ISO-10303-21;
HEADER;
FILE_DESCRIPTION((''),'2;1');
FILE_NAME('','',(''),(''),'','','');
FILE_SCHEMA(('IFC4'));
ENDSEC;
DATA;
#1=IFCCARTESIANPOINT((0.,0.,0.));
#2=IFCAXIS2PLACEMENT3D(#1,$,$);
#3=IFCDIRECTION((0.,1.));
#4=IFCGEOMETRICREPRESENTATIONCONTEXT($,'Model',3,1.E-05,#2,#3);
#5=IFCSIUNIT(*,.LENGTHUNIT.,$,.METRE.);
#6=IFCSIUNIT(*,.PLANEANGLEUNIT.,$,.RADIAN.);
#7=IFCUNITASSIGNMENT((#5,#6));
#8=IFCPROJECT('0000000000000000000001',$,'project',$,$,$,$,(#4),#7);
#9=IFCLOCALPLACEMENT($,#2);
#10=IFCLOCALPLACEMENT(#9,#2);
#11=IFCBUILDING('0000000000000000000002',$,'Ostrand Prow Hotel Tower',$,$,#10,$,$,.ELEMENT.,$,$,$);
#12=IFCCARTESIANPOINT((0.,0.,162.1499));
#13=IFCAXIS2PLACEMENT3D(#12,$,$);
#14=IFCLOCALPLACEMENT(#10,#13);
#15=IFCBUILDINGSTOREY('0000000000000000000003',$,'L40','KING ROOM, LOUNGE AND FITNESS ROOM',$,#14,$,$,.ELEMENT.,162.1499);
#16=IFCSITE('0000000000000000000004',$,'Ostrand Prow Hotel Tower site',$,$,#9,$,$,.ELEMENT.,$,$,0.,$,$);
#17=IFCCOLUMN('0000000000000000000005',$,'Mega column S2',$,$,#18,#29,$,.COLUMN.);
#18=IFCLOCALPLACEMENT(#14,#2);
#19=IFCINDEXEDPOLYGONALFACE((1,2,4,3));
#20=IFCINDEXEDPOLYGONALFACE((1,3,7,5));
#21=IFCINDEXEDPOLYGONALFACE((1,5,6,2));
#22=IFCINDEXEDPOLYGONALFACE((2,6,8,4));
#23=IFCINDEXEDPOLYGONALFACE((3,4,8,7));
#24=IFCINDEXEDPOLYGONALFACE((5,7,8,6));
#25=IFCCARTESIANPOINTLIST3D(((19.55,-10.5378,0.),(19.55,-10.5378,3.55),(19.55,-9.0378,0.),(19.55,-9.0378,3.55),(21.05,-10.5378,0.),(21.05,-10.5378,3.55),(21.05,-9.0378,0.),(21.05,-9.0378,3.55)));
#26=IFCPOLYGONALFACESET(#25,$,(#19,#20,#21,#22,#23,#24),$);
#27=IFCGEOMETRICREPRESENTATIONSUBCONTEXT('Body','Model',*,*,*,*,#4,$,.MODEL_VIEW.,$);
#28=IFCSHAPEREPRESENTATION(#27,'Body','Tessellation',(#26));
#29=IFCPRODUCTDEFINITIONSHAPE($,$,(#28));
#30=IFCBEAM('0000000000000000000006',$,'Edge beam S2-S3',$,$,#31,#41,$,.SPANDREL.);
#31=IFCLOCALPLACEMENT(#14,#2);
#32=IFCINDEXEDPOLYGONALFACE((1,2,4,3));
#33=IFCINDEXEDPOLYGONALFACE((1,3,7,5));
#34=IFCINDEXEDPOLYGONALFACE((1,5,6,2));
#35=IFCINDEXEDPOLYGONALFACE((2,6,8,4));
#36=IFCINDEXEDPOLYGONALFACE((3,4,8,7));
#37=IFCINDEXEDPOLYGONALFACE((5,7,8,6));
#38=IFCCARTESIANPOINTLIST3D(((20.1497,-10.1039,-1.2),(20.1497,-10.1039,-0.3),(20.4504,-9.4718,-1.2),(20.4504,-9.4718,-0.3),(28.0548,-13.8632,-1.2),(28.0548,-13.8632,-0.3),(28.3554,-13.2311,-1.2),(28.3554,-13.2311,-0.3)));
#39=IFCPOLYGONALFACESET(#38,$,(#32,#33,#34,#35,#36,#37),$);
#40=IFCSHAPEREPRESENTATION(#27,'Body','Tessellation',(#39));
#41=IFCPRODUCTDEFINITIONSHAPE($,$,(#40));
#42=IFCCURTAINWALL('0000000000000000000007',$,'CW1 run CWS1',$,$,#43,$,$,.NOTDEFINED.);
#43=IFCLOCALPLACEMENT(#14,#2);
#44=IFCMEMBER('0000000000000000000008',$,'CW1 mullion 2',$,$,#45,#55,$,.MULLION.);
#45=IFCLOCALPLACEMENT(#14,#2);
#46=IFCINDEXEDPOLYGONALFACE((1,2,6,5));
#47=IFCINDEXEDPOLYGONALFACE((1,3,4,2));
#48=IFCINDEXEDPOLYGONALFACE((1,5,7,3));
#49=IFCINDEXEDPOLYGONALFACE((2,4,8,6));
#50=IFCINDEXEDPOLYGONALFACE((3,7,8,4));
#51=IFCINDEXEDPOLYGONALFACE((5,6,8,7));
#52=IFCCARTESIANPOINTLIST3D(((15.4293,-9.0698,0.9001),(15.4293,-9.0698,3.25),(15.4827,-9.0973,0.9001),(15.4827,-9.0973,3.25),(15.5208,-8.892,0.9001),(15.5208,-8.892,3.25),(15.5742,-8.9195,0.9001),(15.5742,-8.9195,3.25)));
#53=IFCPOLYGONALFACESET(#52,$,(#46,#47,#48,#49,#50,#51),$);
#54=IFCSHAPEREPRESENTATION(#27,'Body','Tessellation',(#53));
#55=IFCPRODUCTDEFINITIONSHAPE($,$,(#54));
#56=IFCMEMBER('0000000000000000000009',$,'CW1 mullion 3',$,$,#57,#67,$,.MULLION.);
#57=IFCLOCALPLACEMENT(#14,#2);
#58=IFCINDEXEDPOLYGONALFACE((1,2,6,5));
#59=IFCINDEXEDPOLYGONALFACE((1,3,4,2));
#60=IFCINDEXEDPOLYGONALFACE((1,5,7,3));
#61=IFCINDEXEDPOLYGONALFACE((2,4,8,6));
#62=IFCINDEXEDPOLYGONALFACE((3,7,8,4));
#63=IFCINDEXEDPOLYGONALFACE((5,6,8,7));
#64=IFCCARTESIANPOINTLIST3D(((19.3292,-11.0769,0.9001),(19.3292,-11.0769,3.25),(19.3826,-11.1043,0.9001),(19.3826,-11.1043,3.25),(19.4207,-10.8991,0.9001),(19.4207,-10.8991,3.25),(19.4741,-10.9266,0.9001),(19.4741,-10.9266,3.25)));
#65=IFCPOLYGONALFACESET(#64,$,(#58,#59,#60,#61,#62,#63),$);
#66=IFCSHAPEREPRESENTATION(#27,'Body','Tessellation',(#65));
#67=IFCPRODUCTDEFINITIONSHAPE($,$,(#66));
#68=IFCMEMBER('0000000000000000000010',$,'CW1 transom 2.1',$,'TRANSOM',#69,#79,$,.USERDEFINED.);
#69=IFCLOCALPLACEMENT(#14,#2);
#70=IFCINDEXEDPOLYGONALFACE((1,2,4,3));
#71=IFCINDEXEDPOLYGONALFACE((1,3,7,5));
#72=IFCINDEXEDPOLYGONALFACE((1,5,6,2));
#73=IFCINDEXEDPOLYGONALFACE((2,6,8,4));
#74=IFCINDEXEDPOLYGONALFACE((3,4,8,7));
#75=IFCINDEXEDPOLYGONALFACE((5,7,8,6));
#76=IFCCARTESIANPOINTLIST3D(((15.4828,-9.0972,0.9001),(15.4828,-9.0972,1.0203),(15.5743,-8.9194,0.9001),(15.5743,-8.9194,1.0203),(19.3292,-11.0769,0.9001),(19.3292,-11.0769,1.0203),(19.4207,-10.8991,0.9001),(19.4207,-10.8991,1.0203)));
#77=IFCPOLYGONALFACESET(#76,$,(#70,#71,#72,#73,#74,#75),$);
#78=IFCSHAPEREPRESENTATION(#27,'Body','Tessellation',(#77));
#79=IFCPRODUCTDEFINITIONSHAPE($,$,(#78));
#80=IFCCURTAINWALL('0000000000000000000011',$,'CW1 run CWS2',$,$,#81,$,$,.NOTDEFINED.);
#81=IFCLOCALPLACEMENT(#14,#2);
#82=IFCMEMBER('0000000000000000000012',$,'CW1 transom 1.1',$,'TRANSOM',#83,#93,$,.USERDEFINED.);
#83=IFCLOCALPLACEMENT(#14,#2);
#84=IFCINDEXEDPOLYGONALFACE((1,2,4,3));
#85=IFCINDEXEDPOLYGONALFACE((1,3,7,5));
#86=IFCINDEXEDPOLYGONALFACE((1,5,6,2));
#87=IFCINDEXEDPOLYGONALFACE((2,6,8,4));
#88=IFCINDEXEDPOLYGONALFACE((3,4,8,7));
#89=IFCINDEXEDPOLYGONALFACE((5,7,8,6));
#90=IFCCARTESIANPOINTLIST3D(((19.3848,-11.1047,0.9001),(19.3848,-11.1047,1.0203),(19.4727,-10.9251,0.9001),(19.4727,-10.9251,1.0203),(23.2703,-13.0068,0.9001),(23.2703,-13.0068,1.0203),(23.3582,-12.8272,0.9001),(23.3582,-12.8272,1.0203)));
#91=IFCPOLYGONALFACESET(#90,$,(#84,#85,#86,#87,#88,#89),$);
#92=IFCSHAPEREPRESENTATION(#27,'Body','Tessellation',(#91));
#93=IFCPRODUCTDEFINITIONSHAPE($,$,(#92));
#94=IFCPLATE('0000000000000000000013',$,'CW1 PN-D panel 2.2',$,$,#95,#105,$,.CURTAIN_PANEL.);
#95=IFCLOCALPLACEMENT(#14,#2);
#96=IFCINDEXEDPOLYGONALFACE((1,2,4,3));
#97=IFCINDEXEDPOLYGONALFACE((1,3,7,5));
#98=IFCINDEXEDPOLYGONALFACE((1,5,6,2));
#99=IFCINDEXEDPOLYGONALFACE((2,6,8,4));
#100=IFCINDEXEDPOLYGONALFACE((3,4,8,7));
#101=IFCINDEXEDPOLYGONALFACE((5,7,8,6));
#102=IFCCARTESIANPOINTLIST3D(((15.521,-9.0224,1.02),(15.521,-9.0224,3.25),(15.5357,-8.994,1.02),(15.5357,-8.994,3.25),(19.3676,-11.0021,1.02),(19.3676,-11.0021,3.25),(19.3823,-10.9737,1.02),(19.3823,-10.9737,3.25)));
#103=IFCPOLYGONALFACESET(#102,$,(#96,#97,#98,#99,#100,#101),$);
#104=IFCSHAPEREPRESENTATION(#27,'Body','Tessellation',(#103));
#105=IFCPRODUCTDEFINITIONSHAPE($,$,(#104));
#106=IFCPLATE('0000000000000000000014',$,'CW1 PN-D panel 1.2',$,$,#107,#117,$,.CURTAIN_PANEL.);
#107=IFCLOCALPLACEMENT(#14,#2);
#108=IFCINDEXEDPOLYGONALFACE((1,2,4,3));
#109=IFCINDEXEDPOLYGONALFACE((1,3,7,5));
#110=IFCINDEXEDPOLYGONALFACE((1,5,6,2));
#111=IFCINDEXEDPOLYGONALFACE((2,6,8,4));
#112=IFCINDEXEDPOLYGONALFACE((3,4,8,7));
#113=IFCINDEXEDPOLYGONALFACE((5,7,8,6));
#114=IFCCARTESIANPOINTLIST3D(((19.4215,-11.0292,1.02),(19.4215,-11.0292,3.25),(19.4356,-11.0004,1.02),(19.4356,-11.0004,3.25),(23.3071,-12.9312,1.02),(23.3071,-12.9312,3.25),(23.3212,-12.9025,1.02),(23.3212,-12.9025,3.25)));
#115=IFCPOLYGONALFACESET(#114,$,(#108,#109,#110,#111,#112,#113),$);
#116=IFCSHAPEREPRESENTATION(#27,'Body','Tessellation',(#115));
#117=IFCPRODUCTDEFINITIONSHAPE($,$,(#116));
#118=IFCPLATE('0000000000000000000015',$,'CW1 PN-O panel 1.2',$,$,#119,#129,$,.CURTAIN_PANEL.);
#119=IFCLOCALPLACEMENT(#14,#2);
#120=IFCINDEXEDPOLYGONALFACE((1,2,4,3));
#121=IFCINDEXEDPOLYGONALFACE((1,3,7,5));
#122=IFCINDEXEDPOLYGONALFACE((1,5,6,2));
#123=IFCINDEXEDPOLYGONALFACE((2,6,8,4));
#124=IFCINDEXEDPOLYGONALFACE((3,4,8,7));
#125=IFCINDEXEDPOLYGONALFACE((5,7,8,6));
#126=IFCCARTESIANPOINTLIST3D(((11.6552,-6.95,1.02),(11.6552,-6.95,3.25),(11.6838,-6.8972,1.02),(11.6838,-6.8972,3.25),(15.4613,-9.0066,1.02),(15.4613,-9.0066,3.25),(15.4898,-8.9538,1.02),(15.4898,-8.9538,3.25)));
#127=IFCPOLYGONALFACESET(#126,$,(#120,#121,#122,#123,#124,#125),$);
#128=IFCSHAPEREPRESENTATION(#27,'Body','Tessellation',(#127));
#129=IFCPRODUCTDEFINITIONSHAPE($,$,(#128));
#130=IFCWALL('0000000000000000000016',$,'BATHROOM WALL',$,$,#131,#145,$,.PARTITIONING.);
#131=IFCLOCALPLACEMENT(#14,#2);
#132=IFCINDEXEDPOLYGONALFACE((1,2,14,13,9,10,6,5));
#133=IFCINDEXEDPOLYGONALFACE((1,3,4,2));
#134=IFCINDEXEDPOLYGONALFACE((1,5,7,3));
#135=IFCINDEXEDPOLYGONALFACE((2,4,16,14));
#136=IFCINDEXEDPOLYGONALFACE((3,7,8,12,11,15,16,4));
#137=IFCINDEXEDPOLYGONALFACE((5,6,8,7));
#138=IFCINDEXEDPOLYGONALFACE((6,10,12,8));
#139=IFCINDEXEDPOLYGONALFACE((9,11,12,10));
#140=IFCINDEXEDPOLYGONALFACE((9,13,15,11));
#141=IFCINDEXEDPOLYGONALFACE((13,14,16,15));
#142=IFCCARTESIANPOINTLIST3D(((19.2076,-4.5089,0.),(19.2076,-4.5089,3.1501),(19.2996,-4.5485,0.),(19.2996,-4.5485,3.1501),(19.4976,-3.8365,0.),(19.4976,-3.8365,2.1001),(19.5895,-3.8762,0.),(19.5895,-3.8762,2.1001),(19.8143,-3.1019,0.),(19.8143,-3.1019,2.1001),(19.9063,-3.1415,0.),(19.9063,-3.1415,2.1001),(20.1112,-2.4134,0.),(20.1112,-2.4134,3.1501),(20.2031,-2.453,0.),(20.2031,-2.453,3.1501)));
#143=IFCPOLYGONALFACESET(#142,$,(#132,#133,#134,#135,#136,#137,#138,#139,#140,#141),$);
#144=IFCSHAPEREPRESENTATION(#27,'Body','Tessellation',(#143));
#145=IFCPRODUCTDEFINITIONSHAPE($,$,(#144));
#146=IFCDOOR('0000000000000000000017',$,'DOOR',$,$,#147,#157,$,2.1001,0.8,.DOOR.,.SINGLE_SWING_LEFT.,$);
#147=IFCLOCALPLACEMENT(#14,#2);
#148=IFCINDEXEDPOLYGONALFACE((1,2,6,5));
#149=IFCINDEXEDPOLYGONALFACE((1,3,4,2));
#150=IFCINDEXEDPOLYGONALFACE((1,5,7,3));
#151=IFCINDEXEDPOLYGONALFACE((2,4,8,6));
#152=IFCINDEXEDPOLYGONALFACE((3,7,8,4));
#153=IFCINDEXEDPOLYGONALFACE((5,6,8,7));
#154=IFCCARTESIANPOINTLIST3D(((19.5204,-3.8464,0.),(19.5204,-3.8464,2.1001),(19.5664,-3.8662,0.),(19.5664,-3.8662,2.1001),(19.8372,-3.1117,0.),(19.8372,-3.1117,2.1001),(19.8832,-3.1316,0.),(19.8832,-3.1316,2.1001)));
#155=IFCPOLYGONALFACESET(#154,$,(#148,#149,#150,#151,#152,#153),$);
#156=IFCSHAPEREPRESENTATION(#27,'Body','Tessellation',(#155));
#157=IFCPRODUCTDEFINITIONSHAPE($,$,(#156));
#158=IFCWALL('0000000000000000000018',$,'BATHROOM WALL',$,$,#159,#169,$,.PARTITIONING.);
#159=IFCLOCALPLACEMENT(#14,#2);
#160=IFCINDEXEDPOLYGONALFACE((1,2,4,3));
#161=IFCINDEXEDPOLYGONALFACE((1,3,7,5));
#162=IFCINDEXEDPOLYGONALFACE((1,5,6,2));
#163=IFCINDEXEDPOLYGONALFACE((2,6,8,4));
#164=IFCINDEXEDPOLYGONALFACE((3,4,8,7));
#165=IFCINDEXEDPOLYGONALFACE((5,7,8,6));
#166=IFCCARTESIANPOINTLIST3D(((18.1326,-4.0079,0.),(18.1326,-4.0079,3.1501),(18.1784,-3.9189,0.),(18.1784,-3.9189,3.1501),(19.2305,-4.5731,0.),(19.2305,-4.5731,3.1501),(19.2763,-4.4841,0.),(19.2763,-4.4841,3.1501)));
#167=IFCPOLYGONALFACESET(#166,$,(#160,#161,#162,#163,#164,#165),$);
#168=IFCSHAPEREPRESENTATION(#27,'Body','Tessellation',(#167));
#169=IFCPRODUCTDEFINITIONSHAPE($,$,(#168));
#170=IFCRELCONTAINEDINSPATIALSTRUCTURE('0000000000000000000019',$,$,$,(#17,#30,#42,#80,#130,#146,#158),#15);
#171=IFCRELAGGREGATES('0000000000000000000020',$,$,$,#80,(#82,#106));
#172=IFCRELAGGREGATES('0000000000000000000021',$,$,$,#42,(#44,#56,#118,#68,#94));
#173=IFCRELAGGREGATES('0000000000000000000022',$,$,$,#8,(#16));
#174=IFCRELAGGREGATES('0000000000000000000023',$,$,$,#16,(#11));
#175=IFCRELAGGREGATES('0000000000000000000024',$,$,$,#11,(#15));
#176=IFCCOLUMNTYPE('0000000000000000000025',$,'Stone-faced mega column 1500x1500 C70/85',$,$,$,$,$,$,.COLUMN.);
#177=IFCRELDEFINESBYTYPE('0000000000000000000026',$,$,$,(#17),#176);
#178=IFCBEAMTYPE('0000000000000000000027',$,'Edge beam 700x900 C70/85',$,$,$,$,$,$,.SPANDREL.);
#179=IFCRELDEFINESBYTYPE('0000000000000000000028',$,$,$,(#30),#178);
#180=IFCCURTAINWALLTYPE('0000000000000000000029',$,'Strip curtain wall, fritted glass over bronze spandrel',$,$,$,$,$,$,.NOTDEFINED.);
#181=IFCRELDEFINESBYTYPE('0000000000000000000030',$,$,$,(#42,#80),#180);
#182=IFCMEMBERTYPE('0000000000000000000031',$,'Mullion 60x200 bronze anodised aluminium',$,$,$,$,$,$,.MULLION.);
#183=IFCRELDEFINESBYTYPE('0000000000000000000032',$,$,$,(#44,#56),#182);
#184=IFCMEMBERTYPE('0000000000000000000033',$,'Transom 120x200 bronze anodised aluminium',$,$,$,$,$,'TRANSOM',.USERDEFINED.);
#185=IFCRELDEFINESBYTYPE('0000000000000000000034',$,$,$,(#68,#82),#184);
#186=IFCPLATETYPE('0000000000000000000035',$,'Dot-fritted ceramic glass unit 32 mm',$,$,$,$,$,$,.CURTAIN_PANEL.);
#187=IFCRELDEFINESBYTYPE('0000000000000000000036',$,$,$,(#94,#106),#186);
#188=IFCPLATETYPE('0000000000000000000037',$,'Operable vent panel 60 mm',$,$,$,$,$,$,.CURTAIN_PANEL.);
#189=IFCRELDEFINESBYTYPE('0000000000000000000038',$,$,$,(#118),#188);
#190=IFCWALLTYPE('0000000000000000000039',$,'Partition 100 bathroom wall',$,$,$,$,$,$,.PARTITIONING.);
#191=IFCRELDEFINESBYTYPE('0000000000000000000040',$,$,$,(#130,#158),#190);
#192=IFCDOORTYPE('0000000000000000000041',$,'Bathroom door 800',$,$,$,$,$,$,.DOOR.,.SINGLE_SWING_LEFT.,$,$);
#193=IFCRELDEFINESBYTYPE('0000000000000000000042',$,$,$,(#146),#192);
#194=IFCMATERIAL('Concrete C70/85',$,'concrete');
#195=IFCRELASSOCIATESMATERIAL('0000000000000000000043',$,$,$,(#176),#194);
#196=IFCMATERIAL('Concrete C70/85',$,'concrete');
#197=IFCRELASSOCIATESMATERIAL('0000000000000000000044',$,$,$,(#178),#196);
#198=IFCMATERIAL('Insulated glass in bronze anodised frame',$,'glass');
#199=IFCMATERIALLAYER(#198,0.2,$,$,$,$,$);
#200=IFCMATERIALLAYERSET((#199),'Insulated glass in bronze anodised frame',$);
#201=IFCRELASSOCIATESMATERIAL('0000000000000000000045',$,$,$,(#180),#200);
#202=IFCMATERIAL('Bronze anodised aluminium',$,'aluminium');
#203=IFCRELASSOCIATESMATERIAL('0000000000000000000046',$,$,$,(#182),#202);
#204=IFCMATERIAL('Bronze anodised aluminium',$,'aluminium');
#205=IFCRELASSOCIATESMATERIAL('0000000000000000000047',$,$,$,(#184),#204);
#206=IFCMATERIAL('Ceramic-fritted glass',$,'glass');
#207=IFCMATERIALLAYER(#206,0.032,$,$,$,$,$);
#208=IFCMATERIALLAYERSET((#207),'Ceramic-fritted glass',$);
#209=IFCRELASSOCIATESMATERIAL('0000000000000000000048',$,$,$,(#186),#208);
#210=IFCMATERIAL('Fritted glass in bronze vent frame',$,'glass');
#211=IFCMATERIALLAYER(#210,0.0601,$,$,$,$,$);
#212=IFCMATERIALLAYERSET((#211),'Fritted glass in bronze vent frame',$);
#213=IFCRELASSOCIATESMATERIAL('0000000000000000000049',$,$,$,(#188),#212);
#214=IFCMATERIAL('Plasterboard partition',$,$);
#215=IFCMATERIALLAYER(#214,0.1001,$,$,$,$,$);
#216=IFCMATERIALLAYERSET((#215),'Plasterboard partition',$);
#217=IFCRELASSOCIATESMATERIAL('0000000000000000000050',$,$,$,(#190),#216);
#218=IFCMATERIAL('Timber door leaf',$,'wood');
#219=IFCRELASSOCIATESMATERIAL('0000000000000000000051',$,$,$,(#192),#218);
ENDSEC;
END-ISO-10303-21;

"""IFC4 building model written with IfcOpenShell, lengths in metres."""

from ifc_helpers import new_model, si_unit, direction, frame, frame_2d, origin, origin_2d, place, context, subcontext, project, spatial, rectangle, extrude, material, layer, layer_set, material_profile, profile_set, type_object, element, fill, aggregate, save


model = new_model("IFC4")

# Units and contexts
model_context = context("Model", 3, precision=1e-05, world=origin(), true_north=direction((0.0, 1.0)))
body_context = subcontext(model_context, "Body", "Model", "MODEL_VIEW")
ifc_project = project(units=[si_unit("LENGTHUNIT", "METRE"), si_unit("PLANEANGLEUNIT", "RADIAN")], contexts=[model_context])

# Site, building, storey
site_placement = place(None, origin())
site = spatial("IfcSite", under=ifc_project, at=site_placement, Name="Ostrand Prow Hotel Tower site", CompositionType="ELEMENT", RefElevation=0.0)
building_placement = place(site_placement, origin())
building = spatial("IfcBuilding", under=site, at=building_placement, Name="Ostrand Prow Hotel Tower", CompositionType="ELEMENT")
storey_placement = place(building_placement, frame((0.0, 0.0, 162.1499)))
storey = spatial("IfcBuildingStorey", under=building, at=storey_placement, Name="L40", Description="KING ROOM, LOUNGE AND FITNESS ROOM", CompositionType="ELEMENT", Elevation=162.1499)

# Column
ifc_material_1 = material(Name="Concrete C70/85", Category="concrete")
ifc_material_profile_1 = material_profile(ifc_material_1, rectangle(XDim=1.5, YDim=1.5, at=origin_2d()), Name="RC 1500x1500")
ifc_profile_set_1 = profile_set([ifc_material_profile_1], Name="Concrete C70/85")
column_type = type_object("IfcColumnType", Name="Stone-faced mega column 1500x1500 C70/85", PredefinedType="COLUMN", material=ifc_profile_set_1)
column_placement = place(storey_placement, frame((20.3, -9.7878, 0.0), z_axis=(0.0, 0.0, 1.0), x_axis=(1.0, 0.0, 0.0)))
element("IfcColumn", 1, at=column_placement, inside=storey, type_object=column_type, Name="Mega column S2", PredefinedType="COLUMN", context=body_context, shape_type="SweptSolid", body=[
    extrude(rectangle(XDim=1.5, YDim=1.5, at=origin_2d()), origin(), (0.0, 0.0, 1.0), 3.55),
])

# Beam
ifc_material_2 = material(Name="Concrete C70/85", Category="concrete")
ifc_material_profile_2 = material_profile(ifc_material_2, rectangle(XDim=0.7, YDim=0.8999, at=origin_2d()), Name="RC 700x900")
ifc_profile_set_2 = profile_set([ifc_material_profile_2], Name="Concrete C70/85")
beam_type = type_object("IfcBeamType", Name="Edge beam 700x900 C70/85", PredefinedType="SPANDREL", material=ifc_profile_set_2)
beam_placement = place(storey_placement, frame((20.3, -9.7878, -0.75), z_axis=(0.903083, -0.429466, 0.0), x_axis=(0.429466, 0.903083, 0.0)))
element("IfcBeam", 2, at=beam_placement, inside=storey, type_object=beam_type, Name="Edge beam S2-S3", PredefinedType="SPANDREL", context=body_context, shape_type="SweptSolid", body=[
    extrude(rectangle(XDim=0.7, YDim=0.8999, at=origin_2d()), origin(), (0.0, 0.0, 1.0), 8.7534),
])

# Curtain wall, members
ifc_material_3 = material(Name="Insulated glass in bronze anodised frame", Category="glass")
ifc_layer_1 = layer(ifc_material_3, 0.2)
ifc_layer_set_1 = layer_set([ifc_layer_1], Name="Insulated glass in bronze anodised frame")
curtain_wall_type = type_object("IfcCurtainWallType", Name="Strip curtain wall, fritted glass over bronze spandrel", PredefinedType="NOTDEFINED", material=ifc_layer_set_1)
curtain_wall_1_placement = place(storey_placement, origin())
curtain_wall_1 = element("IfcCurtainWall", 3, at=curtain_wall_1_placement, inside=storey, type_object=curtain_wall_type, Name="CW1 run CWS1", PredefinedType="NOTDEFINED")
ifc_material_4 = material(Name="Bronze anodised aluminium", Category="aluminium")
ifc_material_profile_3 = material_profile(ifc_material_4, rectangle(XDim=0.2, YDim=0.0601, at=origin_2d()), Name="Mullion 60x200 bronze anodised aluminium")
ifc_profile_set_3 = profile_set([ifc_material_profile_3], Name="Bronze anodised aluminium")
member_type_1 = type_object("IfcMemberType", Name="Mullion 60x200 bronze anodised aluminium", PredefinedType="MULLION", material=ifc_profile_set_3)
member_1_placement = place(storey_placement, frame((15.5017, -8.9946, 0.9001), z_axis=(0.0, 0.0, 1.0), x_axis=(0.457619, 0.889148, 0.0)))
member_1 = element("IfcMember", 4, at=member_1_placement, type_object=member_type_1, Name="CW1 mullion 2", PredefinedType="MULLION", context=body_context, shape_type="SweptSolid", body=[
    extrude(rectangle(XDim=0.2, YDim=0.0601, at=origin_2d()), origin(), (0.0, 0.0, 1.0), 2.3499),
])
member_2_placement = place(storey_placement, frame((19.4016, -11.0017, 0.9001), z_axis=(0.0, 0.0, 1.0), x_axis=(0.457619, 0.889148, 0.0)))
member_2 = element("IfcMember", 5, at=member_2_placement, type_object=member_type_1, Name="CW1 mullion 3", PredefinedType="MULLION", context=body_context, shape_type="SweptSolid", body=[
    extrude(rectangle(XDim=0.2, YDim=0.0601, at=origin_2d()), origin(), (0.0, 0.0, 1.0), 2.3499),
])
ifc_material_5 = material(Name="Bronze anodised aluminium", Category="aluminium")
ifc_material_profile_4 = material_profile(ifc_material_5, rectangle(XDim=0.2, YDim=0.1201, at=origin_2d()), Name="Transom 120x200 bronze anodised aluminium")
ifc_profile_set_4 = profile_set([ifc_material_profile_4], Name="Bronze anodised aluminium")
member_type_2 = type_object("IfcMemberType", Name="Transom 120x200 bronze anodised aluminium", ElementType="TRANSOM", PredefinedType="USERDEFINED", material=ifc_profile_set_4)
member_3_placement = place(storey_placement, frame((15.5286, -9.0083, 0.9602), z_axis=(0.88914, -0.457635, 0.0), x_axis=(0.457635, 0.88914, 0.0)))
member_3 = element("IfcMember", 6, at=member_3_placement, type_object=member_type_2, Name="CW1 transom 2.1", ObjectType="TRANSOM", PredefinedType="USERDEFINED", context=body_context, shape_type="SweptSolid", body=[
    extrude(rectangle(XDim=0.2, YDim=0.1201, at=origin_2d()), origin(), (0.0, 0.0, 1.0), 4.3259),
])

# Curtain wall, member
curtain_wall_2_placement = place(storey_placement, origin())
curtain_wall_2 = element("IfcCurtainWall", 7, at=curtain_wall_2_placement, inside=storey, type_object=curtain_wall_type, Name="CW1 run CWS2", PredefinedType="NOTDEFINED")
member_4_placement = place(storey_placement, frame((19.4287, -11.0149, 0.9602), z_axis=(0.898154, -0.439681, 0.0), x_axis=(0.439681, 0.898154, 0.0)))
member_4 = element("IfcMember", 8, at=member_4_placement, type_object=member_type_2, Name="CW1 transom 1.1", ObjectType="TRANSOM", PredefinedType="USERDEFINED", context=body_context, shape_type="SweptSolid", body=[
    extrude(rectangle(XDim=0.2, YDim=0.1201, at=origin_2d()), origin(), (0.0, 0.0, 1.0), 4.3262),
])

# Plates
ifc_material_6 = material(Name="Ceramic-fritted glass", Category="glass")
ifc_layer_2 = layer(ifc_material_6, 0.032)
ifc_layer_set_2 = layer_set([ifc_layer_2], Name="Ceramic-fritted glass")
plate_type_1 = type_object("IfcPlateType", Name="Dot-fritted ceramic glass unit 32 mm", PredefinedType="CURTAIN_PANEL", material=ifc_layer_set_2)
plate_1_placement = place(storey_placement, frame((17.4517, -9.998, 1.02), z_axis=(0.0, 0.0, 1.0), x_axis=(0.889148, -0.457619, 0.0)))
plate_1 = element("IfcPlate", 9, at=plate_1_placement, type_object=plate_type_1, Name="CW1 PN-D panel 2.2", PredefinedType="CURTAIN_PANEL", context=body_context, shape_type="SweptSolid", body=[
    extrude(rectangle(XDim=4.3262, YDim=0.032, at=origin_2d()), origin(), (0.0, 0.0, 1.0), 2.23),
])
plate_2_placement = place(storey_placement, frame((21.3713, -11.9658, 1.02), z_axis=(0.0, 0.0, 1.0), x_axis=(0.898165, -0.439659, 0.0)))
plate_2 = element("IfcPlate", 10, at=plate_2_placement, type_object=plate_type_1, Name="CW1 PN-D panel 1.2", PredefinedType="CURTAIN_PANEL", context=body_context, shape_type="SweptSolid", body=[
    extrude(rectangle(XDim=4.3262, YDim=0.032, at=origin_2d()), origin(), (0.0, 0.0, 1.0), 2.23),
])
aggregate(curtain_wall_2, [member_4, plate_2])
ifc_material_7 = material(Name="Fritted glass in bronze vent frame", Category="glass")
ifc_layer_3 = layer(ifc_material_7, 0.0601)
ifc_layer_set_3 = layer_set([ifc_layer_3], Name="Fritted glass in bronze vent frame")
plate_type_2 = type_object("IfcPlateType", Name="Operable vent panel 60 mm", PredefinedType="CURTAIN_PANEL", material=ifc_layer_set_3)
plate_3_placement = place(storey_placement, frame((13.5725, -7.9519, 1.02), z_axis=(0.0, 0.0, 1.0), x_axis=(0.879773, -0.475394, 0.0)))
plate_3 = element("IfcPlate", 11, at=plate_3_placement, type_object=plate_type_2, Name="CW1 PN-O panel 1.2", PredefinedType="CURTAIN_PANEL", context=body_context, shape_type="SweptSolid", body=[
    extrude(rectangle(XDim=4.3262, YDim=0.0601, at=origin_2d()), origin(), (0.0, 0.0, 1.0), 2.23),
])
aggregate(curtain_wall_1, [member_1, member_2, plate_3, member_3, plate_1])

# Wall, opening, door
ifc_material_8 = material(Name="Plasterboard partition")
ifc_layer_4 = layer(ifc_material_8, 0.1001)
ifc_layer_set_4 = layer_set([ifc_layer_4], Name="Plasterboard partition")
wall_type_1 = type_object("IfcWallType", Name="Partition 100 bathroom wall", PredefinedType="PARTITIONING", material=ifc_layer_set_4)
wall_1_placement = place(storey_placement, frame((20.1572, -2.4331, 0.0), z_axis=(0.0, 0.0, 1.0), x_axis=(-0.395958, -0.918268, 0.0)))
wall_1 = element("IfcWall", 12, at=wall_1_placement, inside=storey, type_object=wall_type_1, Name="BATHROOM WALL", PredefinedType="PARTITIONING", context=body_context, shape_type="SweptSolid", body=[
    extrude(rectangle(XDim=2.282, YDim=0.1001, at=frame_2d((1.1411, 0.0))), origin(), (0.0, 0.0, 1.0), 3.1501),
])
opening_1_placement = place(wall_1_placement, frame((0.75, 0.0, 0.0)))
opening_1 = element("IfcOpeningElement", 13, at=opening_1_placement, cuts=wall_1, PredefinedType="OPENING", context=body_context, shape_type="SweptSolid", body=[
    extrude(rectangle(XDim=0.8, YDim=2.1001, at=frame_2d((0.3999, 1.05))), frame((0.0, 0.0601, 0.0), z_axis=(0.0, -1.0, 0.0), x_axis=(1.0, 0.0, 0.0)), (0.0, 0.0, 1.0), 0.1201),
])
ifc_material_9 = material(Name="Timber door leaf", Category="wood")
door_type_1 = type_object("IfcDoorType", Name="Bathroom door 800", OperationType="SINGLE_SWING_LEFT", PredefinedType="DOOR", material=ifc_material_9)
door_1_placement = place(opening_1_placement, origin())
door_1 = element("IfcDoor", 14, at=door_1_placement, inside=storey, type_object=door_type_1, Name="DOOR", OperationType="SINGLE_SWING_LEFT", OverallHeight=2.1001, OverallWidth=0.8, PredefinedType="DOOR", context=body_context, shape_type="SweptSolid", body=[
    extrude(rectangle(XDim=0.8, YDim=2.1001, at=frame_2d((0.3999, 1.05))), frame((0.0, 0.0249, 0.0), z_axis=(0.0, -1.0, 0.0), x_axis=(1.0, 0.0, 0.0)), (0.0, 0.0, 1.0), 0.05),
])
fill(opening_1, door_1)

# Wall
wall_2_placement = place(storey_placement, frame((19.2534, -4.5286, 0.0), z_axis=(0.0, 0.0, 1.0), x_axis=(-0.889106, 0.457701, 0.0)))
element("IfcWall", 15, at=wall_2_placement, inside=storey, type_object=wall_type_1, Name="BATHROOM WALL", PredefinedType="PARTITIONING", context=body_context, shape_type="SweptSolid", body=[
    extrude(rectangle(XDim=1.2349, YDim=0.1001, at=frame_2d((0.6174, 0.0))), origin(), (0.0, 0.0, 1.0), 3.1501),
])

save(model, "model.ifc")
